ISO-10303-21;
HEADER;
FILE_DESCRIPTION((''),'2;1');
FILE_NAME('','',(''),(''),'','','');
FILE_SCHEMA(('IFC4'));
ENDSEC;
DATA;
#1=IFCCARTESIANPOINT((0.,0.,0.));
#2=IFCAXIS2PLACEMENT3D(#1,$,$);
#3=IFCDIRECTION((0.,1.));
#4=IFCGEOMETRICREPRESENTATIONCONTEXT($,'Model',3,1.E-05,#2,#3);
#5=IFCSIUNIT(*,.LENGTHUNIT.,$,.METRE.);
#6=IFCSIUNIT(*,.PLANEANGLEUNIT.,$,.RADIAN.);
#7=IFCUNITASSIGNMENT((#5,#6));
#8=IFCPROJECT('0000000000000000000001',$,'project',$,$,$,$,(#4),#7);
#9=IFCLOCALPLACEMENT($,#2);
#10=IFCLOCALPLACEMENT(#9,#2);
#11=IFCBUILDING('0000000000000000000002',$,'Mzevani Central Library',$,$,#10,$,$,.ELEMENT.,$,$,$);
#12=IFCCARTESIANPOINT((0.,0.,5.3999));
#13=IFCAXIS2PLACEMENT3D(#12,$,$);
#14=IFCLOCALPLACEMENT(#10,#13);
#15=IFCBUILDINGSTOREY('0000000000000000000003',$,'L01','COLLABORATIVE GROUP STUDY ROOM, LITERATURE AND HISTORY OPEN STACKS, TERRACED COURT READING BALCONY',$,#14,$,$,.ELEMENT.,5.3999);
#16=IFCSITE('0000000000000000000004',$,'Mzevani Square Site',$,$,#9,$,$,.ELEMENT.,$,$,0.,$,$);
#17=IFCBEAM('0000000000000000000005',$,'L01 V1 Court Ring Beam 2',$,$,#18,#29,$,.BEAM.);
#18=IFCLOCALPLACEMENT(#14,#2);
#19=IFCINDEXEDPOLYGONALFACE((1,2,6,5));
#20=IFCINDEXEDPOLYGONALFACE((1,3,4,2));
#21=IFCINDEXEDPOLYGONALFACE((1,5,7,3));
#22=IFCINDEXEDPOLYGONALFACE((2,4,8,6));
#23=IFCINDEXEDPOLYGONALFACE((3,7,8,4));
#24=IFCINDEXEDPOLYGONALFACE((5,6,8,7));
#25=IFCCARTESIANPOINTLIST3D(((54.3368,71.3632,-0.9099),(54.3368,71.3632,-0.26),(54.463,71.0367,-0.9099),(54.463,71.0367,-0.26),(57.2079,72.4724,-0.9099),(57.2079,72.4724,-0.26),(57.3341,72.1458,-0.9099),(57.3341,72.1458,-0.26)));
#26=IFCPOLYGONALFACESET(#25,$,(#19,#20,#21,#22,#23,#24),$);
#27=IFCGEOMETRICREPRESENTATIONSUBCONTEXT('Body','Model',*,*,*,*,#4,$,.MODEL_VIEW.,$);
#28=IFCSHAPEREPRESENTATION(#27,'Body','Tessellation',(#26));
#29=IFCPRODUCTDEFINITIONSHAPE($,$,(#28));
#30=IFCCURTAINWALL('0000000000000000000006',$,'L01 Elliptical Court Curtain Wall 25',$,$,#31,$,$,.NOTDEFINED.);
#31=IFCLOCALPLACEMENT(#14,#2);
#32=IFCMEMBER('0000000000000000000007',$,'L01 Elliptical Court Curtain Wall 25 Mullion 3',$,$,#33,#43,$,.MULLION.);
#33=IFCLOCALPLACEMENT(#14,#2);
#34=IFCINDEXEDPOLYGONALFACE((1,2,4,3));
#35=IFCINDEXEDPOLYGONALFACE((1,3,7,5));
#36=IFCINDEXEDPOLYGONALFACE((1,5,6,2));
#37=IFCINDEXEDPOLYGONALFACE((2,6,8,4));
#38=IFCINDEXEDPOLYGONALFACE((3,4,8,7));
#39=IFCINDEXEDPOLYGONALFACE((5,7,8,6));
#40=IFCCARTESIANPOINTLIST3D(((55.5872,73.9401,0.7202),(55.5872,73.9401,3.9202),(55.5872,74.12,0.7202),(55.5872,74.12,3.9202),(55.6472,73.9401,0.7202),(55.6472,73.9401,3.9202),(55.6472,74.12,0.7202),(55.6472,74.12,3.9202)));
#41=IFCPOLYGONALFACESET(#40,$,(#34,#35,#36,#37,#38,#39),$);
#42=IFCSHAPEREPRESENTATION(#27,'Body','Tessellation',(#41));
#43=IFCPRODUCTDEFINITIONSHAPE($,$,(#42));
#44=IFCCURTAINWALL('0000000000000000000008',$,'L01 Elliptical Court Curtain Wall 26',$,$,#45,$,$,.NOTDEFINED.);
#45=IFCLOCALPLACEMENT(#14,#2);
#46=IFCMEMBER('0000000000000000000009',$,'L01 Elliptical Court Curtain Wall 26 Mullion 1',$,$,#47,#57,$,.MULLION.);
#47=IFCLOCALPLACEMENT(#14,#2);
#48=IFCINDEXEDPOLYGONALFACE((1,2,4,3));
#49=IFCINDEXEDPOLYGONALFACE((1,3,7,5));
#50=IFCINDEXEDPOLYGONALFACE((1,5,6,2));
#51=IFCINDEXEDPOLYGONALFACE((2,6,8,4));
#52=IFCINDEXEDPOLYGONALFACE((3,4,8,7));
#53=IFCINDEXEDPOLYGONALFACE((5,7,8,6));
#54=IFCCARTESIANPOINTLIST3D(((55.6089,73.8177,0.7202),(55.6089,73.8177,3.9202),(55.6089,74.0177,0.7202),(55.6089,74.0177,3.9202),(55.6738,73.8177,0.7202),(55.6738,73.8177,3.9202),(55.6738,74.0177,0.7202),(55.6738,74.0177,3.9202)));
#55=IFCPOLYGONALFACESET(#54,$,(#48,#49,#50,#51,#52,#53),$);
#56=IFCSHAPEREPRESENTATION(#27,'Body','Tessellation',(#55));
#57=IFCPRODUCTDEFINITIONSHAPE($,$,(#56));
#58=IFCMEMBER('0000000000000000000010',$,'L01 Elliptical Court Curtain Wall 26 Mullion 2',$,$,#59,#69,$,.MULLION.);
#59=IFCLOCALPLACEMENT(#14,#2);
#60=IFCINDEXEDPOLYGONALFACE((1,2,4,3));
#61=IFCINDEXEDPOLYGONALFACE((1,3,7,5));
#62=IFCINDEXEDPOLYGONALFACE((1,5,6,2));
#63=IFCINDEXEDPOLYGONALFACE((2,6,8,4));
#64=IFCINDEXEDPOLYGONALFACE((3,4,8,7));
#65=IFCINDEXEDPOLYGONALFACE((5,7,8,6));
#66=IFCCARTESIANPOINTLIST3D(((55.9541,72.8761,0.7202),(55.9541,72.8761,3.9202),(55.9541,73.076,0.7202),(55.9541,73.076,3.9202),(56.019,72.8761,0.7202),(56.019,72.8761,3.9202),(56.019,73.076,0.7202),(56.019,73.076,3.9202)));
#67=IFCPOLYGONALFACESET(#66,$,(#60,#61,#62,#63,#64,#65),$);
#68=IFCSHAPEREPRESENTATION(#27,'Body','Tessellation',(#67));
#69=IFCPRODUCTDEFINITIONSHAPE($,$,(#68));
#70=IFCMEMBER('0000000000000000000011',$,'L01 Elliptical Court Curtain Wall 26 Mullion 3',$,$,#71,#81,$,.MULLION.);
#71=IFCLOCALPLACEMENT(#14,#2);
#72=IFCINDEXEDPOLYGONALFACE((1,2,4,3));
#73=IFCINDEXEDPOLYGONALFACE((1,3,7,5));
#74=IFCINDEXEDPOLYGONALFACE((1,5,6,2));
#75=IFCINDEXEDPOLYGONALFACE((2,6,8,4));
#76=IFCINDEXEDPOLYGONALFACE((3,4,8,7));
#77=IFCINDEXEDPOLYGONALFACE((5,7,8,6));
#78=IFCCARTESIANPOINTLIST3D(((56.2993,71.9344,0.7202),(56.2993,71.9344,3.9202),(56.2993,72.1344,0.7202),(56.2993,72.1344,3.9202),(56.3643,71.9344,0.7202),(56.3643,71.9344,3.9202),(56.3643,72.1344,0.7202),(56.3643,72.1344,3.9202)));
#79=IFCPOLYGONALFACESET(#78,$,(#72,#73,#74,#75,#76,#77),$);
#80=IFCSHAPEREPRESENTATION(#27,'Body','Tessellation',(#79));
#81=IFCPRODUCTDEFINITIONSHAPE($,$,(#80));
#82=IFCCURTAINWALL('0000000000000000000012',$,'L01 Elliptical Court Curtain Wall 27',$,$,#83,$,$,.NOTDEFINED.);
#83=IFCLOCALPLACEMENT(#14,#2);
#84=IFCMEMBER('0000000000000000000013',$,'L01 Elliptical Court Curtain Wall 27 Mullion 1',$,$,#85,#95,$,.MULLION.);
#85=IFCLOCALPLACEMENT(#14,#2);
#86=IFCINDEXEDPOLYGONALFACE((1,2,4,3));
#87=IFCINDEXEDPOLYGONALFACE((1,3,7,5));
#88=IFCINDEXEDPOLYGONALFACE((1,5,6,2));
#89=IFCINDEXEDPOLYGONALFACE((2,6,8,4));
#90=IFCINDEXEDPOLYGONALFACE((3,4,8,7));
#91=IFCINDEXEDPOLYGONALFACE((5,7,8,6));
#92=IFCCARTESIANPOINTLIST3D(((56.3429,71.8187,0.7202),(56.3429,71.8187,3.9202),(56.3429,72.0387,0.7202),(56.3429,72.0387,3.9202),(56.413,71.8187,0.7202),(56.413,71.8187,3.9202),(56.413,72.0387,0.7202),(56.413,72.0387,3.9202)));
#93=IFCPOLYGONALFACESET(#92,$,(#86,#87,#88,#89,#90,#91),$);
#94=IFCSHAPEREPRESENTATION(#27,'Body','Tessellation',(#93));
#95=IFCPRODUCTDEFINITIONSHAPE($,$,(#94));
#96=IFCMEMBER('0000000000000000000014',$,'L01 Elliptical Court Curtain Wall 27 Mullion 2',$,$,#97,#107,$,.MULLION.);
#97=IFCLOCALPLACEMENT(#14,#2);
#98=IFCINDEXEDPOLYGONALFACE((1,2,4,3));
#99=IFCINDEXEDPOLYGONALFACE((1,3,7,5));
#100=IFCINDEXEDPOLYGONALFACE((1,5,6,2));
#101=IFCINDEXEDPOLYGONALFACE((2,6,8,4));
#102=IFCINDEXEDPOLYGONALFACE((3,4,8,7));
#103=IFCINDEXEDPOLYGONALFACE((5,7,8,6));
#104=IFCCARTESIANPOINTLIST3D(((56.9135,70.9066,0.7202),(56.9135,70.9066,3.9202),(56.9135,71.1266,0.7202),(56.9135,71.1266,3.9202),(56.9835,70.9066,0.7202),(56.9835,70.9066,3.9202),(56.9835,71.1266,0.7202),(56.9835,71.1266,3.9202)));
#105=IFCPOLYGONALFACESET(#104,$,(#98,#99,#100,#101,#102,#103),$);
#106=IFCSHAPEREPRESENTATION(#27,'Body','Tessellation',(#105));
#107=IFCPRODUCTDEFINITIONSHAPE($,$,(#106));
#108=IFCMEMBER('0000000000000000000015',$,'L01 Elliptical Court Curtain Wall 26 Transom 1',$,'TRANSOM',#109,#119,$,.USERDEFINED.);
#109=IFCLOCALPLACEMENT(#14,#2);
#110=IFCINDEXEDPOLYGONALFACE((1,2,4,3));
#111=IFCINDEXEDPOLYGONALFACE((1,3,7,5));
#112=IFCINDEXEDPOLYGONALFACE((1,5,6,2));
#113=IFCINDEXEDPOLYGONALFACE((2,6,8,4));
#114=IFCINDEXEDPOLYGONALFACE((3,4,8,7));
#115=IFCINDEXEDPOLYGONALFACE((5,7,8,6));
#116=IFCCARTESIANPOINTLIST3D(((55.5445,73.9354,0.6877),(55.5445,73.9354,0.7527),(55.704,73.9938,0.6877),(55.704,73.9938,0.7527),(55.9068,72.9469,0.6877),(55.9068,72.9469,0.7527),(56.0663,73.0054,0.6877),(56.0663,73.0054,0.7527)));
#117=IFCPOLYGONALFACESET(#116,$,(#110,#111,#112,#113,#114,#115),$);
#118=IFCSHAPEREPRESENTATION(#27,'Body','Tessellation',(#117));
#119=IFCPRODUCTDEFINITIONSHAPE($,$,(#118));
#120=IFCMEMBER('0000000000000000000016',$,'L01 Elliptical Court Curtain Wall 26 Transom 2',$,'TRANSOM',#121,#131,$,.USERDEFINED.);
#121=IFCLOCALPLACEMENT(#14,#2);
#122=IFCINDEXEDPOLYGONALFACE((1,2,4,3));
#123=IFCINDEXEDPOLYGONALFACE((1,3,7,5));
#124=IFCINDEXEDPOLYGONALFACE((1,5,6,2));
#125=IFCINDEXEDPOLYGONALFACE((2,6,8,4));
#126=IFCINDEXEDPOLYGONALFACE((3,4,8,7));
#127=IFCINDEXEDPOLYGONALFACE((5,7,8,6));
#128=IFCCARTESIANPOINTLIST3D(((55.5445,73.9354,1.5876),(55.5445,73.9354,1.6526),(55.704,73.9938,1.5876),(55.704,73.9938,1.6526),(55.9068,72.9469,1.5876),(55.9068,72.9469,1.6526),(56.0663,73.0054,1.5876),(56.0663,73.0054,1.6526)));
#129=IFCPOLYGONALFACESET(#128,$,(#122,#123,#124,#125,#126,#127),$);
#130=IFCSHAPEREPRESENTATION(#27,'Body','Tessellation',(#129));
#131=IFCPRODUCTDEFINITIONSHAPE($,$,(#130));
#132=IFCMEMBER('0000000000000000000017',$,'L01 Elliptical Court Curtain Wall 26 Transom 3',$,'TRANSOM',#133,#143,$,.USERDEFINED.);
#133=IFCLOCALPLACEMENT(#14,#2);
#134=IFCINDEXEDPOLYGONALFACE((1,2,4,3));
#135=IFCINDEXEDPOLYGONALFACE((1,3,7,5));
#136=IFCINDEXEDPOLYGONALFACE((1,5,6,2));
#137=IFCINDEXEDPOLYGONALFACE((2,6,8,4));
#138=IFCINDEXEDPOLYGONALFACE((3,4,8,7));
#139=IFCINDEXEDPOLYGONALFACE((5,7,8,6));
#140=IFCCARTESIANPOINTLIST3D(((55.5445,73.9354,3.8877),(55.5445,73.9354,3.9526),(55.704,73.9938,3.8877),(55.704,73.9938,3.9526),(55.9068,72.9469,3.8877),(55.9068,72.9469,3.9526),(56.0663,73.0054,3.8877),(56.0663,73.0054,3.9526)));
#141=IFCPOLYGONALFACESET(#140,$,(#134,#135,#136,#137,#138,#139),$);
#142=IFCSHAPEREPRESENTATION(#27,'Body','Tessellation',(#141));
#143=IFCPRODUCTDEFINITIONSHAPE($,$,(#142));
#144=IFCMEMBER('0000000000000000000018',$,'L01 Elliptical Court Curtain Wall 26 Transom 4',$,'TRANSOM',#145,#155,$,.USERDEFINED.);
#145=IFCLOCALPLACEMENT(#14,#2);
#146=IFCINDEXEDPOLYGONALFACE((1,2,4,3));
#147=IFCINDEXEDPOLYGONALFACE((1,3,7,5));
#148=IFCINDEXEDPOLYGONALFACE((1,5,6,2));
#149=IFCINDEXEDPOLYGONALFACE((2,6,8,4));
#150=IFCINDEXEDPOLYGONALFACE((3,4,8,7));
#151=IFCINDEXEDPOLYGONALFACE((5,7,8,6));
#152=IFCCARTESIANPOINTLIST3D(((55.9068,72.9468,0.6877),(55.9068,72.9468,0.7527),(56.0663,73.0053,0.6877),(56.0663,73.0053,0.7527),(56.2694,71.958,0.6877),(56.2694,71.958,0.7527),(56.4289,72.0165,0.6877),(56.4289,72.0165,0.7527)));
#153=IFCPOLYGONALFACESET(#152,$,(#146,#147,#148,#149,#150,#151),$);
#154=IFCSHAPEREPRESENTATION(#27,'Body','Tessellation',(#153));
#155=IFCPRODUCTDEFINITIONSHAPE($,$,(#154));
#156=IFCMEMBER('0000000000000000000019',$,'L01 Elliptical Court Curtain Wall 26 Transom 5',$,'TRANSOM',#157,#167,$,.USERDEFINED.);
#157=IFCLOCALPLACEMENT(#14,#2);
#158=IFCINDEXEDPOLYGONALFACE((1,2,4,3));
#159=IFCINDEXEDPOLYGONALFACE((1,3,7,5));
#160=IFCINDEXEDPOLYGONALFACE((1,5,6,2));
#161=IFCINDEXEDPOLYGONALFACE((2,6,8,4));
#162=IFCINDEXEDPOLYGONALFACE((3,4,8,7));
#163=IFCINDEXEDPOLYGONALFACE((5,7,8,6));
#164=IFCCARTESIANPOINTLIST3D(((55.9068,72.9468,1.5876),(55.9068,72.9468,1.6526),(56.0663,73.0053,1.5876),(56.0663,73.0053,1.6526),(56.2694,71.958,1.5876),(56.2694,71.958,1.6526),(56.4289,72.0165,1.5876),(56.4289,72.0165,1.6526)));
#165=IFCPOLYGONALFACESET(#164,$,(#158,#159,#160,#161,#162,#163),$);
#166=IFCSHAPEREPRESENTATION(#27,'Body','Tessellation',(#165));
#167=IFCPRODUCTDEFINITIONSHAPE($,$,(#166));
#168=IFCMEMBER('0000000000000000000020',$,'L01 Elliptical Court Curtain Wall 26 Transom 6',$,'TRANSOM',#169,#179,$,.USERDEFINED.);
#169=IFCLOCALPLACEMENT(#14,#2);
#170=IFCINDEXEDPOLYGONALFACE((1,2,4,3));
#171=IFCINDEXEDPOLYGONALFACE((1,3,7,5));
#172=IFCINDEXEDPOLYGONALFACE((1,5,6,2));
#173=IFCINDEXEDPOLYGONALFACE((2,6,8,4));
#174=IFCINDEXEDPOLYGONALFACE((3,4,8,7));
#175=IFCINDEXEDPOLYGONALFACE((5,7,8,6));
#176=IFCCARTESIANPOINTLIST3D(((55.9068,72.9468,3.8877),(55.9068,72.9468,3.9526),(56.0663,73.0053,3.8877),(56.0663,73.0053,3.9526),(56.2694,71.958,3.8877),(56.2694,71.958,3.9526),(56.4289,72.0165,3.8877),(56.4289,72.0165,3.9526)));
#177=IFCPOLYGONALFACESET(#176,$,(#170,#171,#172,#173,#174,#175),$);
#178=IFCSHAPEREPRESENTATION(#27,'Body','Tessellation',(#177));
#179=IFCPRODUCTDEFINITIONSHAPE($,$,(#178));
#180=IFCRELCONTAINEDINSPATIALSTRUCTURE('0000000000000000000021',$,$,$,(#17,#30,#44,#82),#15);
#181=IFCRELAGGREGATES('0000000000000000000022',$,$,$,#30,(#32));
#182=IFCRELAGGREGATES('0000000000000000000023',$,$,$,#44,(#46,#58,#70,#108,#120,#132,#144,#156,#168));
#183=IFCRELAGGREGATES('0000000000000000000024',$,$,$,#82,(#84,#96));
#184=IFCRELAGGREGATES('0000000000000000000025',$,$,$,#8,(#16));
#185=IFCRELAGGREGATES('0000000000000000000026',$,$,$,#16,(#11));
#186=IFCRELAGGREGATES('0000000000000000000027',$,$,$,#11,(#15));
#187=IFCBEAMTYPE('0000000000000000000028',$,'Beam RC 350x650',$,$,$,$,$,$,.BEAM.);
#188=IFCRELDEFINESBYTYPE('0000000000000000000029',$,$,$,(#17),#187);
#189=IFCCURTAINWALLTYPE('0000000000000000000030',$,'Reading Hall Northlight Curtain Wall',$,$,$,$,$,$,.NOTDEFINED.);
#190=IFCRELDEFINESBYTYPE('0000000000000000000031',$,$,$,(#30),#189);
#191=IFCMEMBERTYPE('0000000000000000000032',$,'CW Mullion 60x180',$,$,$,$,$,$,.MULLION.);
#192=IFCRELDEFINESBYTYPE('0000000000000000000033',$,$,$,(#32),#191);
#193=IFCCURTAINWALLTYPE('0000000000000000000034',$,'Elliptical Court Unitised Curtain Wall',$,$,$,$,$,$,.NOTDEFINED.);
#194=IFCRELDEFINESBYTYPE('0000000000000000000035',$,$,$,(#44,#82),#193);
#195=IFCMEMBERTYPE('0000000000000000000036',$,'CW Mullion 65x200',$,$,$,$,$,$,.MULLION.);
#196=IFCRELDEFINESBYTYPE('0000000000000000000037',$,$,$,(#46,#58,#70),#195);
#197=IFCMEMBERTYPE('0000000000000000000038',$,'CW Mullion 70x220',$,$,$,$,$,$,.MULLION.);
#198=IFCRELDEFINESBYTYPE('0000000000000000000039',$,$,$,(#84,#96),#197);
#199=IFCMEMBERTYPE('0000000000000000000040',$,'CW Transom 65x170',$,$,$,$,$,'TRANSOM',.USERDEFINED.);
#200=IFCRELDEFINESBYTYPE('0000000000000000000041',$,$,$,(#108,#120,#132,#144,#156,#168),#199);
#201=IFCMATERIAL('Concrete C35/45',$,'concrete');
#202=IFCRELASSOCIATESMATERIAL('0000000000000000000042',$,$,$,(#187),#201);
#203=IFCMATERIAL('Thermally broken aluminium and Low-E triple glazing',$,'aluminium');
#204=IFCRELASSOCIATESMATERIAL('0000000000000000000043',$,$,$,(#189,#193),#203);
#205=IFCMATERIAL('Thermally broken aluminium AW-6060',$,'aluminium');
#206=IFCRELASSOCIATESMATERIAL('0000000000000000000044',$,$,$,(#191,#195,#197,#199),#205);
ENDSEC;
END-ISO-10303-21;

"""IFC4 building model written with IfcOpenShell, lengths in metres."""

from ifc_helpers import new_model, si_unit, direction, frame, origin, origin_2d, place, context, subcontext, project, spatial, rectangle, extrude, material, material_profile, profile_set, type_object, element, aggregate, save


model = new_model("IFC4")

# Units and contexts
model_context = context("Model", 3, precision=1e-05, world=origin(), true_north=direction((0.0, 1.0)))
body_context = subcontext(model_context, "Body", "Model", "MODEL_VIEW")
ifc_project = project(units=[si_unit("LENGTHUNIT", "METRE"), si_unit("PLANEANGLEUNIT", "RADIAN")], contexts=[model_context])

# Site, building, storey
site_placement = place(None, origin())
site = spatial("IfcSite", under=ifc_project, at=site_placement, Name="Mzevani Square Site", CompositionType="ELEMENT", RefElevation=0.0)
building_placement = place(site_placement, origin())
building = spatial("IfcBuilding", under=site, at=building_placement, Name="Mzevani Central Library", CompositionType="ELEMENT")
storey_placement = place(building_placement, frame((0.0, 0.0, 5.3999)))
storey = spatial("IfcBuildingStorey", under=building, at=storey_placement, Name="L01", Description="COLLABORATIVE GROUP STUDY ROOM, LITERATURE AND HISTORY OPEN STACKS, TERRACED COURT READING BALCONY", CompositionType="ELEMENT", Elevation=5.3999)

# Beam
ifc_material_1 = material(Name="Concrete C35/45", Category="concrete")
ifc_material_profile_1 = material_profile(ifc_material_1, rectangle(XDim=0.3501, YDim=0.6499, at=origin_2d()), Name="RC B350x650")
ifc_profile_set_1 = profile_set([ifc_material_profile_1], Name="Concrete C35/45")
beam_type = type_object("IfcBeamType", Name="Beam RC 350x650", PredefinedType="BEAM", material=ifc_profile_set_1)
beam_placement = place(storey_placement, frame((57.271, 72.3091, -0.585), z_axis=(-0.932815, -0.360355, 0.0), x_axis=(0.360355, -0.932815, 0.0)))
element("IfcBeam", 1, at=beam_placement, inside=storey, type_object=beam_type, Name="L01 V1 Court Ring Beam 2", PredefinedType="BEAM", context=body_context, shape_type="SweptSolid", body=[
    extrude(rectangle(XDim=0.3501, YDim=0.6499, at=origin_2d()), origin(), (0.0, 0.0, 1.0), 3.0779),
])

# Curtain wall, member
ifc_material_2 = material(Name="Thermally broken aluminium and Low-E triple glazing", Category="aluminium")
curtain_wall_type_1 = type_object("IfcCurtainWallType", Name="Reading Hall Northlight Curtain Wall", PredefinedType="NOTDEFINED", material=ifc_material_2)
curtain_wall_1_placement = place(storey_placement, origin())
curtain_wall_1 = element("IfcCurtainWall", 2, at=curtain_wall_1_placement, inside=storey, type_object=curtain_wall_type_1, Name="L01 Elliptical Court Curtain Wall 25", PredefinedType="NOTDEFINED")
ifc_material_3 = material(Name="Thermally broken aluminium AW-6060", Category="aluminium")
ifc_material_profile_2 = material_profile(ifc_material_3, rectangle(XDim=0.0601, YDim=0.1799, at=origin_2d()), Name="ALU M60x180")
ifc_profile_set_2 = profile_set([ifc_material_profile_2], Name="Thermally broken aluminium AW-6060")
member_type_1 = type_object("IfcMemberType", Name="CW Mullion 60x180", PredefinedType="MULLION", material=ifc_profile_set_2)
member_1_placement = place(storey_placement, frame((55.6172, 74.03, 0.7202), z_axis=(0.0, 0.0, 1.0), x_axis=(1.0, 0.0, 0.0)))
member_1 = element("IfcMember", 3, at=member_1_placement, type_object=member_type_1, Name="L01 Elliptical Court Curtain Wall 25 Mullion 3", PredefinedType="MULLION", context=body_context, shape_type="SweptSolid", body=[
    extrude(rectangle(XDim=0.0601, YDim=0.1799, at=origin_2d()), origin(), (0.0, 0.0, 1.0), 3.2),
])
aggregate(curtain_wall_1, [member_1])

# Curtain walls, members
curtain_wall_type_2 = type_object("IfcCurtainWallType", Name="Elliptical Court Unitised Curtain Wall", PredefinedType="NOTDEFINED", material=ifc_material_2)
curtain_wall_2_placement = place(storey_placement, origin())
curtain_wall_2 = element("IfcCurtainWall", 4, at=curtain_wall_2_placement, inside=storey, type_object=curtain_wall_type_2, Name="L01 Elliptical Court Curtain Wall 26", PredefinedType="NOTDEFINED")
ifc_material_profile_3 = material_profile(ifc_material_3, rectangle(XDim=0.0649, YDim=0.2, at=origin_2d()), Name="ALU M65x200")
ifc_profile_set_3 = profile_set([ifc_material_profile_3], Name="Thermally broken aluminium AW-6060")
member_type_2 = type_object("IfcMemberType", Name="CW Mullion 65x200", PredefinedType="MULLION", material=ifc_profile_set_3)
member_2_placement = place(storey_placement, frame((55.6414, 73.9177, 0.7202), z_axis=(0.0, 0.0, 1.0), x_axis=(1.0, 0.0, 0.0)))
member_2 = element("IfcMember", 5, at=member_2_placement, type_object=member_type_2, Name="L01 Elliptical Court Curtain Wall 26 Mullion 1", PredefinedType="MULLION", context=body_context, shape_type="SweptSolid", body=[
    extrude(rectangle(XDim=0.0649, YDim=0.2, at=origin_2d()), origin(), (0.0, 0.0, 1.0), 3.2),
])
member_3_placement = place(storey_placement, frame((55.9866, 72.9761, 0.7202), z_axis=(0.0, 0.0, 1.0), x_axis=(1.0, 0.0, 0.0)))
member_3 = element("IfcMember", 6, at=member_3_placement, type_object=member_type_2, Name="L01 Elliptical Court Curtain Wall 26 Mullion 2", PredefinedType="MULLION", context=body_context, shape_type="SweptSolid", body=[
    extrude(rectangle(XDim=0.0649, YDim=0.2, at=origin_2d()), origin(), (0.0, 0.0, 1.0), 3.2),
])
member_4_placement = place(storey_placement, frame((56.3318, 72.0344, 0.7202), z_axis=(0.0, 0.0, 1.0), x_axis=(1.0, 0.0, 0.0)))
member_4 = element("IfcMember", 7, at=member_4_placement, type_object=member_type_2, Name="L01 Elliptical Court Curtain Wall 26 Mullion 3", PredefinedType="MULLION", context=body_context, shape_type="SweptSolid", body=[
    extrude(rectangle(XDim=0.0649, YDim=0.2, at=origin_2d()), origin(), (0.0, 0.0, 1.0), 3.2),
])
curtain_wall_3_placement = place(storey_placement, origin())
curtain_wall_3 = element("IfcCurtainWall", 8, at=curtain_wall_3_placement, inside=storey, type_object=curtain_wall_type_2, Name="L01 Elliptical Court Curtain Wall 27", PredefinedType="NOTDEFINED")
ifc_material_profile_4 = material_profile(ifc_material_3, rectangle(XDim=0.0701, YDim=0.22, at=origin_2d()), Name="ALU M70x220")
ifc_profile_set_4 = profile_set([ifc_material_profile_4], Name="Thermally broken aluminium AW-6060")
member_type_3 = type_object("IfcMemberType", Name="CW Mullion 70x220", PredefinedType="MULLION", material=ifc_profile_set_4)
member_5_placement = place(storey_placement, frame((56.3779, 71.9287, 0.7202), z_axis=(0.0, 0.0, 1.0), x_axis=(1.0, 0.0, 0.0)))
member_5 = element("IfcMember", 9, at=member_5_placement, type_object=member_type_3, Name="L01 Elliptical Court Curtain Wall 27 Mullion 1", PredefinedType="MULLION", context=body_context, shape_type="SweptSolid", body=[
    extrude(rectangle(XDim=0.0701, YDim=0.22, at=origin_2d()), origin(), (0.0, 0.0, 1.0), 3.2),
])
member_6_placement = place(storey_placement, frame((56.9485, 71.0166, 0.7202), z_axis=(0.0, 0.0, 1.0), x_axis=(1.0, 0.0, 0.0)))
member_6 = element("IfcMember", 10, at=member_6_placement, type_object=member_type_3, Name="L01 Elliptical Court Curtain Wall 27 Mullion 2", PredefinedType="MULLION", context=body_context, shape_type="SweptSolid", body=[
    extrude(rectangle(XDim=0.0701, YDim=0.22, at=origin_2d()), origin(), (0.0, 0.0, 1.0), 3.2),
])

# Members
ifc_material_profile_5 = material_profile(ifc_material_3, rectangle(XDim=0.1699, YDim=0.0649, at=origin_2d()), Name="ALU T65x170")
ifc_profile_set_5 = profile_set([ifc_material_profile_5], Name="Thermally broken aluminium AW-6060")
member_type_4 = type_object("IfcMemberType", Name="CW Transom 65x170", ElementType="TRANSOM", PredefinedType="USERDEFINED", material=ifc_profile_set_5)
member_7_placement = place(storey_placement, frame((55.6243, 73.9646, 0.7202), z_axis=(0.344125, -0.938924, 0.0), x_axis=(0.938924, 0.344125, 0.0)))
member_7 = element("IfcMember", 11, at=member_7_placement, type_object=member_type_4, Name="L01 Elliptical Court Curtain Wall 26 Transom 1", ObjectType="TRANSOM", PredefinedType="USERDEFINED", context=body_context, shape_type="SweptSolid", body=[
    extrude(rectangle(XDim=0.1699, YDim=0.0649, at=origin_2d()), origin(), (0.0, 0.0, 1.0), 1.0527),
])
member_8_placement = place(storey_placement, frame((55.6243, 73.9646, 1.6201), z_axis=(0.344125, -0.938924, 0.0), x_axis=(0.938924, 0.344125, 0.0)))
member_8 = element("IfcMember", 12, at=member_8_placement, type_object=member_type_4, Name="L01 Elliptical Court Curtain Wall 26 Transom 2", ObjectType="TRANSOM", PredefinedType="USERDEFINED", context=body_context, shape_type="SweptSolid", body=[
    extrude(rectangle(XDim=0.1699, YDim=0.0649, at=origin_2d()), origin(), (0.0, 0.0, 1.0), 1.0527),
])
member_9_placement = place(storey_placement, frame((55.6243, 73.9646, 3.9202), z_axis=(0.344125, -0.938924, 0.0), x_axis=(0.938924, 0.344125, 0.0)))
member_9 = element("IfcMember", 13, at=member_9_placement, type_object=member_type_4, Name="L01 Elliptical Court Curtain Wall 26 Transom 3", ObjectType="TRANSOM", PredefinedType="USERDEFINED", context=body_context, shape_type="SweptSolid", body=[
    extrude(rectangle(XDim=0.1699, YDim=0.0649, at=origin_2d()), origin(), (0.0, 0.0, 1.0), 1.0527),
])
member_10_placement = place(storey_placement, frame((55.9866, 72.9761, 0.7202), z_axis=(0.344255, -0.938876, 0.0), x_axis=(0.938876, 0.344255, 0.0)))
member_10 = element("IfcMember", 14, at=member_10_placement, type_object=member_type_4, Name="L01 Elliptical Court Curtain Wall 26 Transom 4", ObjectType="TRANSOM", PredefinedType="USERDEFINED", context=body_context, shape_type="SweptSolid", body=[
    extrude(rectangle(XDim=0.1699, YDim=0.0649, at=origin_2d()), origin(), (0.0, 0.0, 1.0), 1.0532),
])
member_11_placement = place(storey_placement, frame((55.9866, 72.9761, 1.6201), z_axis=(0.344255, -0.938876, 0.0), x_axis=(0.938876, 0.344255, 0.0)))
member_11 = element("IfcMember", 15, at=member_11_placement, type_object=member_type_4, Name="L01 Elliptical Court Curtain Wall 26 Transom 5", ObjectType="TRANSOM", PredefinedType="USERDEFINED", context=body_context, shape_type="SweptSolid", body=[
    extrude(rectangle(XDim=0.1699, YDim=0.0649, at=origin_2d()), origin(), (0.0, 0.0, 1.0), 1.0532),
])
member_12_placement = place(storey_placement, frame((55.9866, 72.9761, 3.9202), z_axis=(0.344255, -0.938876, 0.0), x_axis=(0.938876, 0.344255, 0.0)))
member_12 = element("IfcMember", 16, at=member_12_placement, type_object=member_type_4, Name="L01 Elliptical Court Curtain Wall 26 Transom 6", ObjectType="TRANSOM", PredefinedType="USERDEFINED", context=body_context, shape_type="SweptSolid", body=[
    extrude(rectangle(XDim=0.1699, YDim=0.0649, at=origin_2d()), origin(), (0.0, 0.0, 1.0), 1.0532),
])

aggregate(curtain_wall_2, [member_2, member_3, member_4, member_7, member_8, member_9, member_10, member_11, member_12])
aggregate(curtain_wall_3, [member_5, member_6])

save(model, "model.ifc")
